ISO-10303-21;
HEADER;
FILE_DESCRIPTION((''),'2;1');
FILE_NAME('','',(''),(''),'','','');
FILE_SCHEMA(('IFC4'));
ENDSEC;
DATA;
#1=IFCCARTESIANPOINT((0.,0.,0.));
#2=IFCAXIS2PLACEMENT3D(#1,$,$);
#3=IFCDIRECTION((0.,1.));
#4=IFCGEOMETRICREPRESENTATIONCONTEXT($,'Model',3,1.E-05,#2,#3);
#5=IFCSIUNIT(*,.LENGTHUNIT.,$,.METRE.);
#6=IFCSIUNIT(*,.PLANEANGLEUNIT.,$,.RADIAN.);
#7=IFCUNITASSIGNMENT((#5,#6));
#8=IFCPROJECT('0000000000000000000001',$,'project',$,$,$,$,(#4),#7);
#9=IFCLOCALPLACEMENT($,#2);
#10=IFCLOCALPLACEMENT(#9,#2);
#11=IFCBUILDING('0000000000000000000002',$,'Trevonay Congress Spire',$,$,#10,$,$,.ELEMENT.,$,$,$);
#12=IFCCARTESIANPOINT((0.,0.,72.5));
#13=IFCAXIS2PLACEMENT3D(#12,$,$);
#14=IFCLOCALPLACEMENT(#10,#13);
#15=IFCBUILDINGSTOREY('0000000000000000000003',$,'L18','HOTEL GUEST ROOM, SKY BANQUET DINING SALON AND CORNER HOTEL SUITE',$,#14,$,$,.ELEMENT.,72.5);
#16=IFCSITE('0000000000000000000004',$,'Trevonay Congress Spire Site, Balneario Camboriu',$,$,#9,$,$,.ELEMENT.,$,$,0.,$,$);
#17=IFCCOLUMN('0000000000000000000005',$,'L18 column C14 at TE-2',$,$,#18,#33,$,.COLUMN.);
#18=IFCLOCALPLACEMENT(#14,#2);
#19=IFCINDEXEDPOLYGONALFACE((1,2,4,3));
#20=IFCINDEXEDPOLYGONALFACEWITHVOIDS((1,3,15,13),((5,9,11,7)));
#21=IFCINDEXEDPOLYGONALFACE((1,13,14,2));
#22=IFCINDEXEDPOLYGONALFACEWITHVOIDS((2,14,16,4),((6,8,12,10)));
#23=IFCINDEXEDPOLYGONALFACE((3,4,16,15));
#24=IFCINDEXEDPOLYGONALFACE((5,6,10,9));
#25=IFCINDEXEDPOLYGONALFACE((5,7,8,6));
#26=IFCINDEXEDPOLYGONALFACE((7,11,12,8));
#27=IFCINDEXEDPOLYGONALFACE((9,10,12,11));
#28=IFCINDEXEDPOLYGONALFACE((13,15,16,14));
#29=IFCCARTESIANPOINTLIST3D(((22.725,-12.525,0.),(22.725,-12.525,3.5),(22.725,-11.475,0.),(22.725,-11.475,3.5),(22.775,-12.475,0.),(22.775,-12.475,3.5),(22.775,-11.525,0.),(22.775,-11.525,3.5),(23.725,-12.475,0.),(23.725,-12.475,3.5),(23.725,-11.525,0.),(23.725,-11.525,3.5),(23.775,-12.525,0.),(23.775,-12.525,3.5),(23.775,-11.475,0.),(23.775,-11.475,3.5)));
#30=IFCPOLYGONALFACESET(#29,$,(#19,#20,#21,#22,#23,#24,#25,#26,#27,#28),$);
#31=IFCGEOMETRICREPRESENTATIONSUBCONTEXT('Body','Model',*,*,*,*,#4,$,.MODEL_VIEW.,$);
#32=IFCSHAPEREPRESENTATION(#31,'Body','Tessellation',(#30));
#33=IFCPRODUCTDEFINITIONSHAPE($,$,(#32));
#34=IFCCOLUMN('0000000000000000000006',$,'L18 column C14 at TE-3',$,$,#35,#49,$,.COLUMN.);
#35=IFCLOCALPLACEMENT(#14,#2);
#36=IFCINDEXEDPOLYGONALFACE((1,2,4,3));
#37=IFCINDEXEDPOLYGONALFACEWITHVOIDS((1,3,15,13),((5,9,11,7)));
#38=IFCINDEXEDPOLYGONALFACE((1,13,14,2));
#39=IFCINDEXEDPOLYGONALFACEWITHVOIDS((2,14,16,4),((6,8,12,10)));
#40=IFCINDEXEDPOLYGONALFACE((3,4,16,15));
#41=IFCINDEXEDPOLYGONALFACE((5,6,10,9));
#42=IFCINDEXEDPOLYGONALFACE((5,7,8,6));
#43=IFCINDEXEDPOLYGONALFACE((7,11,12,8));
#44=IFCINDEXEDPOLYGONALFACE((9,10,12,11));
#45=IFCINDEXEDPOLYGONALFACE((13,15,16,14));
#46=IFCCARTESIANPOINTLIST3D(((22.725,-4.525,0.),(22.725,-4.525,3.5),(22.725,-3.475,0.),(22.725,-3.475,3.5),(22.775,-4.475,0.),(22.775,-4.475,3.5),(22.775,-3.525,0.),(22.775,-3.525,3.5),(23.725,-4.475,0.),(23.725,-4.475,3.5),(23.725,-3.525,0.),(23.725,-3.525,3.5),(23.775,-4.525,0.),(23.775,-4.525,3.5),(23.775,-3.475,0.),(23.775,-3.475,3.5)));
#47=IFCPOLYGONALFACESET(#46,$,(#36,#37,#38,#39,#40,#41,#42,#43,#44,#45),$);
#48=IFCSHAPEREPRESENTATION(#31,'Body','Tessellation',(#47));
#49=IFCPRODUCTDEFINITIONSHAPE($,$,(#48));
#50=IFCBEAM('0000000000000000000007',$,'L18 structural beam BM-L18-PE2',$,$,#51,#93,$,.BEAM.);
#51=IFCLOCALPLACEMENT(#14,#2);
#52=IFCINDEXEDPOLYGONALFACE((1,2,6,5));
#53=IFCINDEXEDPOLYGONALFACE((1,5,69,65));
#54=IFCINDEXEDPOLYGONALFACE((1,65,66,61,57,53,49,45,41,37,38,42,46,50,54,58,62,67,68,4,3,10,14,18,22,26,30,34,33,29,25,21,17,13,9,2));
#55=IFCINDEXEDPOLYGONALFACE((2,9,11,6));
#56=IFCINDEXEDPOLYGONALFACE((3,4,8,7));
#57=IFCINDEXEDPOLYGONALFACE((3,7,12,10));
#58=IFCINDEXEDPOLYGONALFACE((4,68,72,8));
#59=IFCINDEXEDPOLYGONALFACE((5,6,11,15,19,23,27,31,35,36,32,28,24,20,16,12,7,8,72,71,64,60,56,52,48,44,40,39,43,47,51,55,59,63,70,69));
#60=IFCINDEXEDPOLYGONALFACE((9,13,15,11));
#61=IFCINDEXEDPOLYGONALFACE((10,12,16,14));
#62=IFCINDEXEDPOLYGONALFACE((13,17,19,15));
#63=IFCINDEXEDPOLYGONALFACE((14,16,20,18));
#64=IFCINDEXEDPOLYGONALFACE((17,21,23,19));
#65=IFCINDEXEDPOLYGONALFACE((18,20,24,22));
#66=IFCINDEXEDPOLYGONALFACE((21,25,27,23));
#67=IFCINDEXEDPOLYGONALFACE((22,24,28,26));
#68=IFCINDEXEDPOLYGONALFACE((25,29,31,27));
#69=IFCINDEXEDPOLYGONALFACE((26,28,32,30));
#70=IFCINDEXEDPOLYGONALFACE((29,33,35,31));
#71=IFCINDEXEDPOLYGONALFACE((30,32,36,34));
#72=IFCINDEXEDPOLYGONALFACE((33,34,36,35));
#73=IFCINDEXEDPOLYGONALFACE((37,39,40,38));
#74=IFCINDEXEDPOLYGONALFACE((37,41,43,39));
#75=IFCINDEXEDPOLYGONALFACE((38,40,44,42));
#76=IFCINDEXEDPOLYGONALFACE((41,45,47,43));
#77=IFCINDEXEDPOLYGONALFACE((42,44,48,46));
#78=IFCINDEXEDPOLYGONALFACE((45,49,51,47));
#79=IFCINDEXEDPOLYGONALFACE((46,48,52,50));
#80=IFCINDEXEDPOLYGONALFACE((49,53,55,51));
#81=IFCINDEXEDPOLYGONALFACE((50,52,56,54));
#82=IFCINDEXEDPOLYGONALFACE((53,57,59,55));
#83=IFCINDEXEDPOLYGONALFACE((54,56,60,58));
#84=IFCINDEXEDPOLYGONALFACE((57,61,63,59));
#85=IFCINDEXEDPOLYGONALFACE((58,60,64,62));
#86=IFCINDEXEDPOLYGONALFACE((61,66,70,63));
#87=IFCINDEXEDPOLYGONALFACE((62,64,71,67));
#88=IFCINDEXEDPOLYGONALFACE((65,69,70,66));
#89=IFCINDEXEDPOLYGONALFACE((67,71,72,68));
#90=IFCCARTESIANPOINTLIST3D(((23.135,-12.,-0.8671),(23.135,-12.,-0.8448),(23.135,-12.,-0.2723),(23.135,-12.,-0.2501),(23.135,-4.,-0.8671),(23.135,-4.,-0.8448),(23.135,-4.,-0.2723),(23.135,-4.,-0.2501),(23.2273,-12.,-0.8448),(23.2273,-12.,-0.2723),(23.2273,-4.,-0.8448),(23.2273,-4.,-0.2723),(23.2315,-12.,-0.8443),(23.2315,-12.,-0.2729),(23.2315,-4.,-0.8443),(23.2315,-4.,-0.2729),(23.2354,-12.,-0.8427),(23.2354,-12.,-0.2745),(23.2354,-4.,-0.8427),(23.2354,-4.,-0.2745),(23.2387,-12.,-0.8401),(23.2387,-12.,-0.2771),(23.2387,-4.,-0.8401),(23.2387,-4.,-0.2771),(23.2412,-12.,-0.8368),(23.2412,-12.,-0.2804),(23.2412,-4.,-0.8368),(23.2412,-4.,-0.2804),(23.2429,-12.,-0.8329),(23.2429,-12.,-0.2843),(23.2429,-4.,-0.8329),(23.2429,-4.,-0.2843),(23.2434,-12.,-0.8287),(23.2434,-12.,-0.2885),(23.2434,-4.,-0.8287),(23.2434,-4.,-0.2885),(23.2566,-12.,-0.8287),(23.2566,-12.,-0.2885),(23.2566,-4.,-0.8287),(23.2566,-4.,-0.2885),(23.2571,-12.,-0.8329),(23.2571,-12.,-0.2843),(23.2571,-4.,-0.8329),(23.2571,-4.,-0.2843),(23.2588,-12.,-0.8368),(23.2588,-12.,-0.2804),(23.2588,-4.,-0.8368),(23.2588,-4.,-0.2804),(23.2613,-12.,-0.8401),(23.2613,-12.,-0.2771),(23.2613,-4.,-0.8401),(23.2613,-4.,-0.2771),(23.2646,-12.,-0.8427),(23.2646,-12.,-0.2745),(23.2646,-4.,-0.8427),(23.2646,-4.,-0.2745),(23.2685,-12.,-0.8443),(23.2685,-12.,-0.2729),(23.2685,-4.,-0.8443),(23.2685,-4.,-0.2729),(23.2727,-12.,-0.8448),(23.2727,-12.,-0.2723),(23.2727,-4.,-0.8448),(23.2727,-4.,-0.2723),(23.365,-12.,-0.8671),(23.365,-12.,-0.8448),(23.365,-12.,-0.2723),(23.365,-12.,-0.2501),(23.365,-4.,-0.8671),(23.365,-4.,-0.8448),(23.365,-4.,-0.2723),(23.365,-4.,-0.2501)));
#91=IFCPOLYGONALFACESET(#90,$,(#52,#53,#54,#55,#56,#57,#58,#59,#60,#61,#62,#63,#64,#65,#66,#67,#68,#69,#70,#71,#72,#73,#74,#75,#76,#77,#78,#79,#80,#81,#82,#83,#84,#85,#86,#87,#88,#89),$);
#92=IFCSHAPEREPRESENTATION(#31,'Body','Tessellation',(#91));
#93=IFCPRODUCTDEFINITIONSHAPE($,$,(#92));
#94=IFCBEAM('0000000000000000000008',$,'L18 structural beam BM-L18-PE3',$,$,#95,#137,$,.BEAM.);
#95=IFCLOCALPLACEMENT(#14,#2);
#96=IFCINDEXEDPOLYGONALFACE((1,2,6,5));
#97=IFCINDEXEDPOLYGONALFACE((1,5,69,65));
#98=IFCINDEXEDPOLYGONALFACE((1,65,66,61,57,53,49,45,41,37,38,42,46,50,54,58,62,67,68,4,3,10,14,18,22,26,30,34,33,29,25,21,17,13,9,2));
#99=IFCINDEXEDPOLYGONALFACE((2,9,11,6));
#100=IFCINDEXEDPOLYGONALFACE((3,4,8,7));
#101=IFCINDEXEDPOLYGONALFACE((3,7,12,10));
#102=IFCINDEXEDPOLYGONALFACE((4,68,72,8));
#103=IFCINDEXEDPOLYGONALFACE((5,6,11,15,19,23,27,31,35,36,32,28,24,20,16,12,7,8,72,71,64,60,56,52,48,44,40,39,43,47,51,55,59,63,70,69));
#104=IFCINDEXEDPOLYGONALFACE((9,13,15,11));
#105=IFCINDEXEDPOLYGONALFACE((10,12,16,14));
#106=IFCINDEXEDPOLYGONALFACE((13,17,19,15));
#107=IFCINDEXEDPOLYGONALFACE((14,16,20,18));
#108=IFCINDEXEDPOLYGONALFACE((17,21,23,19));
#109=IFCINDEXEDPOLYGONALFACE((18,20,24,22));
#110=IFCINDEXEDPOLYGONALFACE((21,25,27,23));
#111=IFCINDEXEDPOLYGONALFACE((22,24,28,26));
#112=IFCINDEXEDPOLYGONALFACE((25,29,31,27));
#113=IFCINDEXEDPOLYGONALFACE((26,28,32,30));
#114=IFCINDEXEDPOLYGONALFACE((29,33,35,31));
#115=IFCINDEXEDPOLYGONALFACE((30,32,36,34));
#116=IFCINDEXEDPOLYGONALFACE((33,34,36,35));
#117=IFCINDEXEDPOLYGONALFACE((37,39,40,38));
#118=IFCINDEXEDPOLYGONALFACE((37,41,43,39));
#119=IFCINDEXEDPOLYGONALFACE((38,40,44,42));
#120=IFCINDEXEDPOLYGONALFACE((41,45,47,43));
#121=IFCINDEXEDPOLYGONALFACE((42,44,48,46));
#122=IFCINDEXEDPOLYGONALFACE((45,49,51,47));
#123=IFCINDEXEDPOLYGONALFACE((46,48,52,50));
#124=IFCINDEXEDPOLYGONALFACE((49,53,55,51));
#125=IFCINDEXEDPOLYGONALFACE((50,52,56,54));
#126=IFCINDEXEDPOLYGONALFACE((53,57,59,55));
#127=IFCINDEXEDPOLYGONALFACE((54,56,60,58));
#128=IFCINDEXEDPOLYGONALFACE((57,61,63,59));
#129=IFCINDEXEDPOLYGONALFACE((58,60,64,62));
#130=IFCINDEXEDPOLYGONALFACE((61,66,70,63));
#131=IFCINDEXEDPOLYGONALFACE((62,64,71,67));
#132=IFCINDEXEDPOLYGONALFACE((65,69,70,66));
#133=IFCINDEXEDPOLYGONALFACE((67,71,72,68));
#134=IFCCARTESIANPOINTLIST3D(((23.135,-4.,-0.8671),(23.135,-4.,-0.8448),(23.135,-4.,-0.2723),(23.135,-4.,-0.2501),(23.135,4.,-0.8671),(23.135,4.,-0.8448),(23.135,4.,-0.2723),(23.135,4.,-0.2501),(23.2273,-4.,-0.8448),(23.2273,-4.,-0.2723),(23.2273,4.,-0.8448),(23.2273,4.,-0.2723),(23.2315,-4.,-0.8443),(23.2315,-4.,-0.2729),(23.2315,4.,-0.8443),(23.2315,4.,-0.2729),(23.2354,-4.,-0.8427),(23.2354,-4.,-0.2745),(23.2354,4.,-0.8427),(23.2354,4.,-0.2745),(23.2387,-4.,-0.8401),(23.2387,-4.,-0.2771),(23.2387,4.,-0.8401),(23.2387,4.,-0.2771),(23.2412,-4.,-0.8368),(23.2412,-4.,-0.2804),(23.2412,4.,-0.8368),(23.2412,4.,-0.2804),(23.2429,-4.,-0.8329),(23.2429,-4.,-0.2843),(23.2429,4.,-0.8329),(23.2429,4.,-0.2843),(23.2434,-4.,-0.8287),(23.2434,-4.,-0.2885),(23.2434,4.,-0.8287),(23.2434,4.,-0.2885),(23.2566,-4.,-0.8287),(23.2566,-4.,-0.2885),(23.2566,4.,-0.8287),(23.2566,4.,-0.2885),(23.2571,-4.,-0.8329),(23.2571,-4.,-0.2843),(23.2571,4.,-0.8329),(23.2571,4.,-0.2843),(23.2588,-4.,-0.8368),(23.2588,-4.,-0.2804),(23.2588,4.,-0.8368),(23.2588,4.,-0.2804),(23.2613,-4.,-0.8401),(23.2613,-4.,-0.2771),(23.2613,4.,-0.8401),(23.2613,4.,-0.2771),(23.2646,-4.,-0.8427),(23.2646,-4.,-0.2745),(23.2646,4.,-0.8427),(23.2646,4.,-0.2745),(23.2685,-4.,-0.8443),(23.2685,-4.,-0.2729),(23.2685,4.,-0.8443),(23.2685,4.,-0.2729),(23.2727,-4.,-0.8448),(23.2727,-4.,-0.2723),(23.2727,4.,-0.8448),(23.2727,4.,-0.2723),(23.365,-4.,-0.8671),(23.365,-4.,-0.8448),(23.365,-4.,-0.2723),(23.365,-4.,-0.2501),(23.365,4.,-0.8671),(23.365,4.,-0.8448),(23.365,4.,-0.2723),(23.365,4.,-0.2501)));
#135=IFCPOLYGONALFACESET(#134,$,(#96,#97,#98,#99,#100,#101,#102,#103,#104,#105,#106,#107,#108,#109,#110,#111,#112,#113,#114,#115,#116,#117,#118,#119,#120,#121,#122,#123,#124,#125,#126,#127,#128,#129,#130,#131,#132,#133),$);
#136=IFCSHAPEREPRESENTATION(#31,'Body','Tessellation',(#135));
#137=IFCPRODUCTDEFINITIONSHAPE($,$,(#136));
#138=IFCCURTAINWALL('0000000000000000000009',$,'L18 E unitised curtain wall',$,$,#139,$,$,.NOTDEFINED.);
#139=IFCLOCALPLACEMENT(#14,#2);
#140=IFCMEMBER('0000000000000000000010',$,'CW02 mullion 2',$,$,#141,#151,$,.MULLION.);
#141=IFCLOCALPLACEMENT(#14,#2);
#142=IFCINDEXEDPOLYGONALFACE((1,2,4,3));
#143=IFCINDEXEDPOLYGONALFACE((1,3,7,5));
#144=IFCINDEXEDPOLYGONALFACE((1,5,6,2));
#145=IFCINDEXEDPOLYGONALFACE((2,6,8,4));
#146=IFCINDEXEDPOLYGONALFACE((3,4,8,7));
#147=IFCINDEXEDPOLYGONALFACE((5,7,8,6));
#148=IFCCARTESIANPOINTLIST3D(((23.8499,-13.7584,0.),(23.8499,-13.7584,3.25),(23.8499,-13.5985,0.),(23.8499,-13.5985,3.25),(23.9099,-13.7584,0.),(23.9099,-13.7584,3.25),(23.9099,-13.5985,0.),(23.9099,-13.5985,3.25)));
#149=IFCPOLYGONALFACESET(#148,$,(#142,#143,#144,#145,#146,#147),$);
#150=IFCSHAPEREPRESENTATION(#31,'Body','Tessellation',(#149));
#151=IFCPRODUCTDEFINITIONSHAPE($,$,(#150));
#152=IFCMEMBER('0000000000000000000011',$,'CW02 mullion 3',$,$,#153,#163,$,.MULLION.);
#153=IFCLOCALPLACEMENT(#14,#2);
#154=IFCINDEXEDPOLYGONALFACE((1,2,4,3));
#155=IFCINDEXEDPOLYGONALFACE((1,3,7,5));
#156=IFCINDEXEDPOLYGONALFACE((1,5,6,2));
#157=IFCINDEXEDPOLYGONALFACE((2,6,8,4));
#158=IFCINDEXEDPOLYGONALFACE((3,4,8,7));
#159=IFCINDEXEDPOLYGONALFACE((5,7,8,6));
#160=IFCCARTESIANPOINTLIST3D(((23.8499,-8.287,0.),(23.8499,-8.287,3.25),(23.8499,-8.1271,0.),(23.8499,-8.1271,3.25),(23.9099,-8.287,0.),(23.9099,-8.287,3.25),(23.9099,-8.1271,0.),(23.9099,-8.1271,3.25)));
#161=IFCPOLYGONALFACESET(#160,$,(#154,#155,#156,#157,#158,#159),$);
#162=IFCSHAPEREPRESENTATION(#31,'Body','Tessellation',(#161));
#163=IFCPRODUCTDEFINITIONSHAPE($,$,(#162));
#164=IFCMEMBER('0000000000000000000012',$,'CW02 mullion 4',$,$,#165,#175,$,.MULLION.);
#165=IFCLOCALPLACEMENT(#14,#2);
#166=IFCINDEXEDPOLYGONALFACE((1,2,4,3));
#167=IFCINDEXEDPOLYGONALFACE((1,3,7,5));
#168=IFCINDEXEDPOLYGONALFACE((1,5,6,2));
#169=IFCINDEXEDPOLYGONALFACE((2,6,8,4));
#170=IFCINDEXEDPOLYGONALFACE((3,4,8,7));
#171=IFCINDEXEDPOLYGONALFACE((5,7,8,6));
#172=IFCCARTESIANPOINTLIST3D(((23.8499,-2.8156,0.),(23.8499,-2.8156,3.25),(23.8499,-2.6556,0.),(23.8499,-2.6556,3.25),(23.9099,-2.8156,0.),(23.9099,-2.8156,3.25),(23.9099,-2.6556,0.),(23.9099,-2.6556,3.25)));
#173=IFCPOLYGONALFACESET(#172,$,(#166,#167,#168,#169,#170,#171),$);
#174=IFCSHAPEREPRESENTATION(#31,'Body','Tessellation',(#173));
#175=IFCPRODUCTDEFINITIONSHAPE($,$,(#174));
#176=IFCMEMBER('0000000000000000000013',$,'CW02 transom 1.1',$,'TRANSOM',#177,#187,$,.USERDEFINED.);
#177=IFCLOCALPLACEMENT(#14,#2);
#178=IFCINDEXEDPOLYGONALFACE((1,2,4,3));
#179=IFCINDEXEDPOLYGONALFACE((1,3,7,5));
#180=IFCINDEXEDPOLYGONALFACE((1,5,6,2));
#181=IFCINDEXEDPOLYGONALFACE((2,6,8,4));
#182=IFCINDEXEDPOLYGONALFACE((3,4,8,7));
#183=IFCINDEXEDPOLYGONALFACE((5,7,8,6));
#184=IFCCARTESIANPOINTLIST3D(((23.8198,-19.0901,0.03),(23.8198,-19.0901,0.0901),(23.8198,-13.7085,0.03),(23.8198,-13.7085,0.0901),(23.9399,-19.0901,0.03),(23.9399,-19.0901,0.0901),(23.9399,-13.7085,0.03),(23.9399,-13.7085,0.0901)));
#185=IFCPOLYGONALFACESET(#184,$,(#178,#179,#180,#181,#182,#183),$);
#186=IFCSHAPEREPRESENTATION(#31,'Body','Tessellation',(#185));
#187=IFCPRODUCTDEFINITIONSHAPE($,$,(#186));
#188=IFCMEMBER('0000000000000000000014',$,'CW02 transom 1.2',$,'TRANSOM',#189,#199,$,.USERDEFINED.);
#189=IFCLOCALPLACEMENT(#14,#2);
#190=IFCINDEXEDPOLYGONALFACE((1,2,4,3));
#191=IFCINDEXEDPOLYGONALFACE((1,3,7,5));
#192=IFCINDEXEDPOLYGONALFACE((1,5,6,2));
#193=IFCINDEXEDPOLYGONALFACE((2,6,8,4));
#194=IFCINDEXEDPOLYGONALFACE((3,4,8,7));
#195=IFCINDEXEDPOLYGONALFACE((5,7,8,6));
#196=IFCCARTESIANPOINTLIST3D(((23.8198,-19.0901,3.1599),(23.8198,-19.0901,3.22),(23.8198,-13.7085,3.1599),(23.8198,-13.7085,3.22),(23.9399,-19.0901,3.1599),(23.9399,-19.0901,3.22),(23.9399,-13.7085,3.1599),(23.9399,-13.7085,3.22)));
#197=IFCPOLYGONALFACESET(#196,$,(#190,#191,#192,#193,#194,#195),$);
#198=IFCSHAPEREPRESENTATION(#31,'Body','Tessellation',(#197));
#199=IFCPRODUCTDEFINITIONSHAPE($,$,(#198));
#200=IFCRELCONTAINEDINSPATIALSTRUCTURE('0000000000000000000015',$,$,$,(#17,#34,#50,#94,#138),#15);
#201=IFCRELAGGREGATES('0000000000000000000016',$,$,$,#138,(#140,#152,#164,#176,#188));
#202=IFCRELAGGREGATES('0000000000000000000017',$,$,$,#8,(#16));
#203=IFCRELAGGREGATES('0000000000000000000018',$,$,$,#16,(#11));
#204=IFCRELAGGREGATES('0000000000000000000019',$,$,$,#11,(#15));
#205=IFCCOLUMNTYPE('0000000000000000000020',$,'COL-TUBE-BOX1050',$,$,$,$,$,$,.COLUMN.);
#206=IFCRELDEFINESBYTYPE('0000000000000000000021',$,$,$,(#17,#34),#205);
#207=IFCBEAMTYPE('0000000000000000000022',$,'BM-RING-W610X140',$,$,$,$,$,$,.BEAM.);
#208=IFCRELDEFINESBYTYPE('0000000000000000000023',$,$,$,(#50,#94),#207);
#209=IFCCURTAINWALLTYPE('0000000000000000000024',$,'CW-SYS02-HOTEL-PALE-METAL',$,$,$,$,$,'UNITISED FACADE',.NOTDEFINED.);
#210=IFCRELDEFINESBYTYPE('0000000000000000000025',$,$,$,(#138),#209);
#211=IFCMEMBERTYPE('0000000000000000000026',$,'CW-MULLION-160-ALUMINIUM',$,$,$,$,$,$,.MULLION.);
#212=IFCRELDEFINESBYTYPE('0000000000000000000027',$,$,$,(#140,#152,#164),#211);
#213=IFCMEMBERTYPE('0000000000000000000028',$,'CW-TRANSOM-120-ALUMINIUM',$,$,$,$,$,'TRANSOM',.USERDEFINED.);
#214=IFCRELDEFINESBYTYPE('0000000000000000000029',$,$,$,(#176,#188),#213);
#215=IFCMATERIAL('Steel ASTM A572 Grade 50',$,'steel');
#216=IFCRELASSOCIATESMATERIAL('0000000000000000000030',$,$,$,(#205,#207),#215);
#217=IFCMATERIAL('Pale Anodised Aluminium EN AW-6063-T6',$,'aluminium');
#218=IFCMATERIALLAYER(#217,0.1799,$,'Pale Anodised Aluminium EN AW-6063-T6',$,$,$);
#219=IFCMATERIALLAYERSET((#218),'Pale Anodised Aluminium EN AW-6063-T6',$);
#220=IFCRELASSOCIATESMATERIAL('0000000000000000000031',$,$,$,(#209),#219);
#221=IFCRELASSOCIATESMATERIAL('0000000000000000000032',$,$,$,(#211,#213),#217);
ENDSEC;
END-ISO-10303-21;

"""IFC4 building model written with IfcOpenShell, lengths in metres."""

from ifc_helpers import new_model, si_unit, direction, frame, origin, origin_2d, place, context, subcontext, project, spatial, rectangle, hollow_rectangle, i_section, extrude, material, layer, layer_set, material_profile, profile_set, type_object, element, aggregate, save


model = new_model("IFC4")

# Units and contexts
model_context = context("Model", 3, precision=1e-05, world=origin(), true_north=direction((0.0, 1.0)))
body_context = subcontext(model_context, "Body", "Model", "MODEL_VIEW")
ifc_project = project(units=[si_unit("LENGTHUNIT", "METRE"), si_unit("PLANEANGLEUNIT", "RADIAN")], contexts=[model_context])

# Site, building, storey
site_placement = place(None, origin())
site = spatial("IfcSite", under=ifc_project, at=site_placement, Name="Trevonay Congress Spire Site, Balneario Camboriu", CompositionType="ELEMENT", RefElevation=0.0)
building_placement = place(site_placement, origin())
building = spatial("IfcBuilding", under=site, at=building_placement, Name="Trevonay Congress Spire", CompositionType="ELEMENT")
storey_placement = place(building_placement, frame((0.0, 0.0, 72.5)))
storey = spatial("IfcBuildingStorey", under=building, at=storey_placement, Name="L18", Description="HOTEL GUEST ROOM, SKY BANQUET DINING SALON AND CORNER HOTEL SUITE", CompositionType="ELEMENT", Elevation=72.5)

# Columns
ifc_material_1 = material(Name="Steel ASTM A572 Grade 50", Category="steel")
ifc_material_profile_1 = material_profile(ifc_material_1, hollow_rectangle(XDim=1.05, YDim=1.05, WallThickness=0.05, at=origin_2d()), Name="BOX 1050x1050x50")
ifc_profile_set_1 = profile_set([ifc_material_profile_1], Name="Steel ASTM A572 Grade 50")
column_type = type_object("IfcColumnType", Name="COL-TUBE-BOX1050", PredefinedType="COLUMN", material=ifc_profile_set_1)
for number, where, z_axis, x_axis, name in (
    (1, (23.25, -12.0, 0.0), (0.0, 0.0, 1.0), (1.0, 0.0, 0.0), "L18 column C14 at TE-2"),
    (2, (23.25, -4.0, 0.0), (0.0, 0.0, 1.0), (1.0, 0.0, 0.0), "L18 column C14 at TE-3"),
):
    element("IfcColumn", number, at=place(storey_placement, frame(where, z_axis=z_axis, x_axis=x_axis)), inside=storey, type_object=column_type, Name=name, PredefinedType="COLUMN", context=body_context, shape_type="SweptSolid", body=[
        extrude(hollow_rectangle(XDim=1.05, YDim=1.05, WallThickness=0.05, at=origin_2d()), origin(), (0.0, 0.0, 1.0), 3.5),
    ])

# Beams
ifc_material_profile_2 = material_profile(ifc_material_1, i_section(OverallWidth=0.23, OverallDepth=0.6169, WebThickness=0.0132, FlangeThickness=0.0222, FilletRadius=0.0161, at=origin_2d()), Name="W610x140")
ifc_profile_set_2 = profile_set([ifc_material_profile_2], Name="Steel ASTM A572 Grade 50")
beam_type = type_object("IfcBeamType", Name="BM-RING-W610X140", PredefinedType="BEAM", material=ifc_profile_set_2)
for number, where, z_axis, x_axis, name in (
    (3, (23.25, -12.0, -0.5586), (0.0, 1.0, 0.0), (-1.0, 0.0, 0.0), "L18 structural beam BM-L18-PE2"),
    (4, (23.25, -4.0, -0.5586), (0.0, 1.0, 0.0), (-1.0, 0.0, 0.0), "L18 structural beam BM-L18-PE3"),
):
    element("IfcBeam", number, at=place(storey_placement, frame(where, z_axis=z_axis, x_axis=x_axis)), inside=storey, type_object=beam_type, Name=name, PredefinedType="BEAM", context=body_context, shape_type="SweptSolid", body=[
        extrude(i_section(OverallWidth=0.23, OverallDepth=0.6169, WebThickness=0.0132, FlangeThickness=0.0222, FilletRadius=0.0161, at=origin_2d()), origin(), (0.0, 0.0, 1.0), 8.0),
    ])

# Curtain wall, members
ifc_material_2 = material(Name="Pale Anodised Aluminium EN AW-6063-T6", Category="aluminium")
ifc_layer_1 = layer(ifc_material_2, 0.1799, Name="Pale Anodised Aluminium EN AW-6063-T6")
ifc_layer_set_1 = layer_set([ifc_layer_1], Name="Pale Anodised Aluminium EN AW-6063-T6")
curtain_wall_type = type_object("IfcCurtainWallType", Name="CW-SYS02-HOTEL-PALE-METAL", ElementType="UNITISED FACADE", PredefinedType="NOTDEFINED", material=ifc_layer_set_1)
curtain_wall_placement = place(storey_placement, origin())
curtain_wall = element("IfcCurtainWall", 5, at=curtain_wall_placement, inside=storey, type_object=curtain_wall_type, Name="L18 E unitised curtain wall", PredefinedType="NOTDEFINED")
ifc_material_profile_3 = material_profile(ifc_material_2, rectangle(XDim=0.0601, YDim=0.1599, at=origin_2d()), Name="CW-MULLION-160-ALUMINIUM")
ifc_profile_set_3 = profile_set([ifc_material_profile_3], Name="Pale Anodised Aluminium EN AW-6063-T6")
member_type_1 = type_object("IfcMemberType", Name="CW-MULLION-160-ALUMINIUM", PredefinedType="MULLION", material=ifc_profile_set_3)
member_1_placement = place(storey_placement, frame((23.8799, -13.6785, 0.0), z_axis=(0.0, 0.0, 1.0), x_axis=(-1.0, 0.0, 0.0)))
member_1 = element("IfcMember", 6, at=member_1_placement, type_object=member_type_1, Name="CW02 mullion 2", PredefinedType="MULLION", context=body_context, shape_type="SweptSolid", body=[
    extrude(rectangle(XDim=0.0601, YDim=0.1599, at=origin_2d()), origin(), (0.0, 0.0, 1.0), 3.25),
])
member_2_placement = place(storey_placement, frame((23.8799, -8.207, 0.0), z_axis=(0.0, 0.0, 1.0), x_axis=(-1.0, 0.0, 0.0)))
member_2 = element("IfcMember", 7, at=member_2_placement, type_object=member_type_1, Name="CW02 mullion 3", PredefinedType="MULLION", context=body_context, shape_type="SweptSolid", body=[
    extrude(rectangle(XDim=0.0601, YDim=0.1599, at=origin_2d()), origin(), (0.0, 0.0, 1.0), 3.25),
])
member_3_placement = place(storey_placement, frame((23.8799, -2.7356, 0.0), z_axis=(0.0, 0.0, 1.0), x_axis=(-1.0, 0.0, 0.0)))
member_3 = element("IfcMember", 8, at=member_3_placement, type_object=member_type_1, Name="CW02 mullion 4", PredefinedType="MULLION", context=body_context, shape_type="SweptSolid", body=[
    extrude(rectangle(XDim=0.0601, YDim=0.1599, at=origin_2d()), origin(), (0.0, 0.0, 1.0), 3.25),
])
ifc_material_profile_4 = material_profile(ifc_material_2, rectangle(XDim=0.1201, YDim=0.0601, at=origin_2d()), Name="CW-TRANSOM-120-ALUMINIUM")
ifc_profile_set_4 = profile_set([ifc_material_profile_4], Name="Pale Anodised Aluminium EN AW-6063-T6")
member_type_2 = type_object("IfcMemberType", Name="CW-TRANSOM-120-ALUMINIUM", ElementType="TRANSOM", PredefinedType="USERDEFINED", material=ifc_profile_set_4)
member_4_placement = place(storey_placement, frame((23.8799, -19.0901, 0.0601), z_axis=(0.0, 1.0, 0.0), x_axis=(-1.0, 0.0, 0.0)))
member_4 = element("IfcMember", 9, at=member_4_placement, type_object=member_type_2, Name="CW02 transom 1.1", ObjectType="TRANSOM", PredefinedType="USERDEFINED", context=body_context, shape_type="SweptSolid", body=[
    extrude(rectangle(XDim=0.1201, YDim=0.0601, at=origin_2d()), origin(), (0.0, 0.0, 1.0), 5.3816),
])
member_5_placement = place(storey_placement, frame((23.8799, -19.0901, 3.1899), z_axis=(0.0, 1.0, 0.0), x_axis=(-1.0, 0.0, 0.0)))
member_5 = element("IfcMember", 10, at=member_5_placement, type_object=member_type_2, Name="CW02 transom 1.2", ObjectType="TRANSOM", PredefinedType="USERDEFINED", context=body_context, shape_type="SweptSolid", body=[
    extrude(rectangle(XDim=0.1201, YDim=0.0601, at=origin_2d()), origin(), (0.0, 0.0, 1.0), 5.3816),
])
aggregate(curtain_wall, [member_1, member_2, member_3, member_4, member_5])

save(model, "model.ifc")
